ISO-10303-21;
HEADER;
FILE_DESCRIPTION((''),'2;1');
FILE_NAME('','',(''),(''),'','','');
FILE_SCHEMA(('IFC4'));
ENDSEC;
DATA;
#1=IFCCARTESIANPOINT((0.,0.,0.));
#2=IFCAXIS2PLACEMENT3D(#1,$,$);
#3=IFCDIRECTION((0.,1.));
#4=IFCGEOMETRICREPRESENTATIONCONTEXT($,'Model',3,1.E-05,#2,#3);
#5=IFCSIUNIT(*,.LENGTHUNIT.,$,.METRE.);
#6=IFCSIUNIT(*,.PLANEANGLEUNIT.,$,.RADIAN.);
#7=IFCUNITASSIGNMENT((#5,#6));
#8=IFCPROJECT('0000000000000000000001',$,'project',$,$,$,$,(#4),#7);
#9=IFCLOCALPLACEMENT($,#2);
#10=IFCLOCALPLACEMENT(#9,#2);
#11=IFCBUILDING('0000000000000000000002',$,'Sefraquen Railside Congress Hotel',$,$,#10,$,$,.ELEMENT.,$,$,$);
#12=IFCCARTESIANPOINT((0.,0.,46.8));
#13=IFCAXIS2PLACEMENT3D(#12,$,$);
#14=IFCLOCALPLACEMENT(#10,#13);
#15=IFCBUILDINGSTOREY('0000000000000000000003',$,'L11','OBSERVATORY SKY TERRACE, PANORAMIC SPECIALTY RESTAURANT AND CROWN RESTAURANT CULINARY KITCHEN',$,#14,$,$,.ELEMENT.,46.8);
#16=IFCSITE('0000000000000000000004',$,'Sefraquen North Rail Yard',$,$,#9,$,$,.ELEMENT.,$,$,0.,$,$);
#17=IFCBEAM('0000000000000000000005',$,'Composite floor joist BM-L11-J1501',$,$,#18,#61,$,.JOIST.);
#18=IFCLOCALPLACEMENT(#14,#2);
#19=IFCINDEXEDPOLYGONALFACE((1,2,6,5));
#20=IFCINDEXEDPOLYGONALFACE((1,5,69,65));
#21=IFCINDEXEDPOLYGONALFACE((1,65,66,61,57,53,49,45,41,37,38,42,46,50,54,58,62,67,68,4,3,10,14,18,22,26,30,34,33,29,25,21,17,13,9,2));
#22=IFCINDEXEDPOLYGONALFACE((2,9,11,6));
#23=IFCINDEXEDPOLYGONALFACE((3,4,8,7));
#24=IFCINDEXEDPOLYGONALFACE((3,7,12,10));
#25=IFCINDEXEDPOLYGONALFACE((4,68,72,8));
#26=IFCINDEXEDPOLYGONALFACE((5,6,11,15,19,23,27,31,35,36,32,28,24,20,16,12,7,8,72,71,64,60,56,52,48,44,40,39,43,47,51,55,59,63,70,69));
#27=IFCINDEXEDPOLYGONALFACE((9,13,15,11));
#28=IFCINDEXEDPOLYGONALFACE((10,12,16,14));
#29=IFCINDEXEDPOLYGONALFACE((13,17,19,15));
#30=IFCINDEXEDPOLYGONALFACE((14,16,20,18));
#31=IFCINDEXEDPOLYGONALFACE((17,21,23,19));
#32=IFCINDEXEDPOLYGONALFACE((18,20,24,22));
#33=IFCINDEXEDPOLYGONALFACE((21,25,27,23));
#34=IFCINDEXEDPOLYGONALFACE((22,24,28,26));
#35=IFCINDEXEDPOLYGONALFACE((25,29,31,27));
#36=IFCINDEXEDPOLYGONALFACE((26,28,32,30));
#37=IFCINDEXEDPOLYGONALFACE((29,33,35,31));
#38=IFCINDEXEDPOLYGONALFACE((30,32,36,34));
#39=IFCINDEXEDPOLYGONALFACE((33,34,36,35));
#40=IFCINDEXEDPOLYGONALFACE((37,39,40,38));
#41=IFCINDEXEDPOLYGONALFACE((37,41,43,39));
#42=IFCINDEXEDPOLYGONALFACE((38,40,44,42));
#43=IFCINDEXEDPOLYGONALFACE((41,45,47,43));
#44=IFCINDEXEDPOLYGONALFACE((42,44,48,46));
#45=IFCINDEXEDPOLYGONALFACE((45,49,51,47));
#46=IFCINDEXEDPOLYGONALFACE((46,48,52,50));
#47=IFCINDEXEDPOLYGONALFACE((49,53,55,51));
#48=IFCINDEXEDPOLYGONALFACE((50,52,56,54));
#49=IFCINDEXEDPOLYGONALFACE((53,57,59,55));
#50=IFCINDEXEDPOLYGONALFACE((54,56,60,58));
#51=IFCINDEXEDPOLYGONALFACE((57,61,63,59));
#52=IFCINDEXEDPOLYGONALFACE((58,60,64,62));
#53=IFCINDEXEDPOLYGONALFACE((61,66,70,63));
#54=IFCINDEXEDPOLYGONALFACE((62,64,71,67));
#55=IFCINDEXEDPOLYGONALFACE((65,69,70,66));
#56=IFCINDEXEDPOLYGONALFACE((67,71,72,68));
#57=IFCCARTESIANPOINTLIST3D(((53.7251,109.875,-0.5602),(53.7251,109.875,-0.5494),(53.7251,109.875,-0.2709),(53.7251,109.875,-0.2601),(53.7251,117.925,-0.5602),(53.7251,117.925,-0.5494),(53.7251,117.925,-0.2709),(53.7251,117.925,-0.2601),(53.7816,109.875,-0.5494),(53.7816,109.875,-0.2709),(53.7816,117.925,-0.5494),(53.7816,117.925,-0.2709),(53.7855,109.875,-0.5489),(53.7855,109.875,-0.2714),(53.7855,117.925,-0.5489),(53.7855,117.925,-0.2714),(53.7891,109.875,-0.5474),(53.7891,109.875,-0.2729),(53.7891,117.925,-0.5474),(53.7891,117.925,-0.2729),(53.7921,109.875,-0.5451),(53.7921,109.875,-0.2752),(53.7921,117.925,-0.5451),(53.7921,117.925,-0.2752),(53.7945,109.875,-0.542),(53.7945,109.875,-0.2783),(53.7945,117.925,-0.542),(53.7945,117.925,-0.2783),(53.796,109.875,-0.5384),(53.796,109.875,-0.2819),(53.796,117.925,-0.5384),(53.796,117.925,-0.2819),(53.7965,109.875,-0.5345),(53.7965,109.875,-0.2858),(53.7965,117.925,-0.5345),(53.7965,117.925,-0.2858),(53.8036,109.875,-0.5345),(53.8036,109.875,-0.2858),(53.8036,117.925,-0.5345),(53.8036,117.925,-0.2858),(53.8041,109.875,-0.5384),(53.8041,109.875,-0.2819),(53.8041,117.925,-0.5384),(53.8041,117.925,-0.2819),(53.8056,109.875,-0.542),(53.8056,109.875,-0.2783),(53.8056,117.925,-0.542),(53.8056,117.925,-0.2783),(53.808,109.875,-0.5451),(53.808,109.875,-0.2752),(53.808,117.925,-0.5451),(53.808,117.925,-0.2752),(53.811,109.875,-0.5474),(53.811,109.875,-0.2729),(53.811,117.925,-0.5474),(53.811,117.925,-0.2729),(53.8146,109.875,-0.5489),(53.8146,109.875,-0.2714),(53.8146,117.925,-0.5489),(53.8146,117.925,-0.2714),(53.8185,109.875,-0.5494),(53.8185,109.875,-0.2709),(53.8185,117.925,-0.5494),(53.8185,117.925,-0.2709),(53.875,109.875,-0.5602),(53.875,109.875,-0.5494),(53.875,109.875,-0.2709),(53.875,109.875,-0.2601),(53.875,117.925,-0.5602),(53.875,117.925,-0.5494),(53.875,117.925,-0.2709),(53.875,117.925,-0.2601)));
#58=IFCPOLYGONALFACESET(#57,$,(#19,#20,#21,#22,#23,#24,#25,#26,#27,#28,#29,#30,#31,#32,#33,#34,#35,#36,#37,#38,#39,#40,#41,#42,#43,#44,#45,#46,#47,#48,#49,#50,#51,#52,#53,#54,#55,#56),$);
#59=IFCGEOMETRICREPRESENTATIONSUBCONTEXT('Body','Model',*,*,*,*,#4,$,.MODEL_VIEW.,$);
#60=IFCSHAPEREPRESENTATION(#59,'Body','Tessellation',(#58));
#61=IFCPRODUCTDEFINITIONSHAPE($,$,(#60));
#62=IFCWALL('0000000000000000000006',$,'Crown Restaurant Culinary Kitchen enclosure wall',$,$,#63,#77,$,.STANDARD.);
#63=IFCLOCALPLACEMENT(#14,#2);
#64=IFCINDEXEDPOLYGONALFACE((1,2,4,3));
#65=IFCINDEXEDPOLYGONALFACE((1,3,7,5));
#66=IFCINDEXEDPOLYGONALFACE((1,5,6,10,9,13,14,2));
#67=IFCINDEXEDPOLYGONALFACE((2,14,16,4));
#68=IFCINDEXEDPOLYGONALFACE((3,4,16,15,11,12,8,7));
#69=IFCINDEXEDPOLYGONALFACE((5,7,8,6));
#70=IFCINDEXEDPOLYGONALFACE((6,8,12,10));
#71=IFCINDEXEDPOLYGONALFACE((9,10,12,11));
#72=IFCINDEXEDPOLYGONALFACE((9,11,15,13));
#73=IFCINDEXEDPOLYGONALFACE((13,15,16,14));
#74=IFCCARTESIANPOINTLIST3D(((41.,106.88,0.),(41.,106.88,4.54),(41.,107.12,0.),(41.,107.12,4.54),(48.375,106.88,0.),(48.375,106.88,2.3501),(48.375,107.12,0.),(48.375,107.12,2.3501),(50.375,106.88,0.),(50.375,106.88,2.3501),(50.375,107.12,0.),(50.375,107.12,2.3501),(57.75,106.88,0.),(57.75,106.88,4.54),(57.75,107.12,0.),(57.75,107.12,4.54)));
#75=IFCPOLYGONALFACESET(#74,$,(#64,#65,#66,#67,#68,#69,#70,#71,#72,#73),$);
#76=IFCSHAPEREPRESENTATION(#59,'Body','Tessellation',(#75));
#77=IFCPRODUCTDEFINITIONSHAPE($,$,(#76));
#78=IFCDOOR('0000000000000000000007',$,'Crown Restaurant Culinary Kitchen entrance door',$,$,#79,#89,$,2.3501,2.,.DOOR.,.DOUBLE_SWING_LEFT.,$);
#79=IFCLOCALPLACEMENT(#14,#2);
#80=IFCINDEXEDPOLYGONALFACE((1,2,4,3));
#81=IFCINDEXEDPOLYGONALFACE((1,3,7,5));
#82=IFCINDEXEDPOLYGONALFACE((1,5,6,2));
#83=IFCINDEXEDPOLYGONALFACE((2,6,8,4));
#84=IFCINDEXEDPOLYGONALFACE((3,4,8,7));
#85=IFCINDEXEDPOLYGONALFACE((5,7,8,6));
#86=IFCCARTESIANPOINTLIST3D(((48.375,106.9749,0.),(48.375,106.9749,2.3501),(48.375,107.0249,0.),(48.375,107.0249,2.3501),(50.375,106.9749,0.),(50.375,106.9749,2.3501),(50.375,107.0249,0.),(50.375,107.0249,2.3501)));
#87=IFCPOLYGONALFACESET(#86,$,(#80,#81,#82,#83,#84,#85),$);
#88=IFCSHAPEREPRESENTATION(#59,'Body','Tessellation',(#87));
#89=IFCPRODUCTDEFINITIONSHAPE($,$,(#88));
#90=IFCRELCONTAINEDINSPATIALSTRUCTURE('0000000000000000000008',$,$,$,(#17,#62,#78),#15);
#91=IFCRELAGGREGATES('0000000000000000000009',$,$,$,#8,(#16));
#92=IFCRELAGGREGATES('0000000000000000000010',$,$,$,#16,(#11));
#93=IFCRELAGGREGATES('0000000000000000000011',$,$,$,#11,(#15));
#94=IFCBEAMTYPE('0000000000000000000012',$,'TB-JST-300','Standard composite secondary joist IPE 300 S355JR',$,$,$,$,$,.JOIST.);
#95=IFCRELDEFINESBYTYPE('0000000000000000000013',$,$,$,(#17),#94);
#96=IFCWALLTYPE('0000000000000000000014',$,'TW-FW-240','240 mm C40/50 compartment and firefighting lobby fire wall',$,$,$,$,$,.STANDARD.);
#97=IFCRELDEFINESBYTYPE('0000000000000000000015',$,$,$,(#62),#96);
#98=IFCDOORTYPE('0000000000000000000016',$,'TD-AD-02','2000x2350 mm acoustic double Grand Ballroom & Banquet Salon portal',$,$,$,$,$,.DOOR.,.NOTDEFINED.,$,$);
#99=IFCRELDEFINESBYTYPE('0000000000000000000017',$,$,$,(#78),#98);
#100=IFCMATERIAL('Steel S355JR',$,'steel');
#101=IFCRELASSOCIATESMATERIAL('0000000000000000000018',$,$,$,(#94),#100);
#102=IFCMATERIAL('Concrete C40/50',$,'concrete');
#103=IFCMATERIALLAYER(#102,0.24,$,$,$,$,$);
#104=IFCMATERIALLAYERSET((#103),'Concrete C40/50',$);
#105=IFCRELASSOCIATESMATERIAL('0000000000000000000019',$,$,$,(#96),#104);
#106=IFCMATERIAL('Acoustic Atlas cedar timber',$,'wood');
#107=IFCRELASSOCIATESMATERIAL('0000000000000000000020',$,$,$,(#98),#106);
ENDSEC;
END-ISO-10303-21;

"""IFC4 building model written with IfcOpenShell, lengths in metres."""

from ifc_helpers import new_model, si_unit, direction, frame, frame_2d, origin, origin_2d, place, context, subcontext, project, spatial, rectangle, i_section, extrude, material, layer, layer_set, material_profile, profile_set, type_object, element, fill, save


model = new_model("IFC4")

# Units and contexts
model_context = context("Model", 3, precision=1e-05, world=origin(), true_north=direction((0.0, 1.0)))
body_context = subcontext(model_context, "Body", "Model", "MODEL_VIEW")
ifc_project = project(units=[si_unit("LENGTHUNIT", "METRE"), si_unit("PLANEANGLEUNIT", "RADIAN")], contexts=[model_context])

# Site, building, storey
site_placement = place(None, origin())
site = spatial("IfcSite", under=ifc_project, at=site_placement, Name="Sefraquen North Rail Yard", CompositionType="ELEMENT", RefElevation=0.0)
building_placement = place(site_placement, origin())
building = spatial("IfcBuilding", under=site, at=building_placement, Name="Sefraquen Railside Congress Hotel", CompositionType="ELEMENT")
storey_placement = place(building_placement, frame((0.0, 0.0, 46.8)))
storey = spatial("IfcBuildingStorey", under=building, at=storey_placement, Name="L11", Description="OBSERVATORY SKY TERRACE, PANORAMIC SPECIALTY RESTAURANT AND CROWN RESTAURANT CULINARY KITCHEN", CompositionType="ELEMENT", Elevation=46.8)

# Shared definitions
ifc_material_1 = material(Name="Steel S355JR", Category="steel")

# Beam
ifc_material_profile_1 = material_profile(ifc_material_1, i_section(OverallWidth=0.1499, OverallDepth=0.3, WebThickness=0.0071, FlangeThickness=0.0107, FilletRadius=0.0149, at=origin_2d()), Name="IPE 300")
ifc_profile_set_1 = profile_set([ifc_material_profile_1], Name="Steel S355JR")
beam_type_1 = type_object("IfcBeamType", Name="TB-JST-300", Description="Standard composite secondary joist IPE 300 S355JR", PredefinedType="JOIST", material=ifc_profile_set_1)
for number, where, z_axis, x_axis, name in (
    (1, (53.8, 109.875, -0.4102), (0.0, 1.0, 0.0), (-1.0, 0.0, 0.0), "Composite floor joist BM-L11-J1501"),
):
    element("IfcBeam", number, at=place(storey_placement, frame(where, z_axis=z_axis, x_axis=x_axis)), inside=storey, type_object=beam_type_1, Name=name, PredefinedType="JOIST", context=body_context, shape_type="SweptSolid", body=[
        extrude(i_section(OverallWidth=0.1499, OverallDepth=0.3, WebThickness=0.0071, FlangeThickness=0.0107, FilletRadius=0.0149, at=origin_2d()), origin(), (0.0, 0.0, 1.0), 8.05),
    ])

# Wall, opening, door
ifc_material_2 = material(Name="Concrete C40/50", Category="concrete")
ifc_layer = layer(ifc_material_2, 0.24)
ifc_layer_set = layer_set([ifc_layer], Name="Concrete C40/50")
wall_type = type_object("IfcWallType", Name="TW-FW-240", Description="240 mm C40/50 compartment and firefighting lobby fire wall", PredefinedType="STANDARD", material=ifc_layer_set)
wall_placement = place(storey_placement, frame((41.0, 107.0, 0.0), z_axis=(0.0, 0.0, 1.0), x_axis=(1.0, 0.0, 0.0)))
wall = element("IfcWall", 2, at=wall_placement, inside=storey, type_object=wall_type, Name="Crown Restaurant Culinary Kitchen enclosure wall", PredefinedType="STANDARD", context=body_context, shape_type="SweptSolid", body=[
    extrude(rectangle(XDim=16.75, YDim=0.24, at=frame_2d((8.375, 0.0))), origin(), (0.0, 0.0, 1.0), 4.54),
])
opening_placement = place(wall_placement, frame((7.375, 0.0, 0.0)))
opening = element("IfcOpeningElement", 3, at=opening_placement, cuts=wall, PredefinedType="OPENING", context=body_context, shape_type="SweptSolid", body=[
    extrude(rectangle(XDim=2.0, YDim=2.3501, at=frame_2d((1.0, 1.175))), frame((0.0, 0.1299, 0.0), z_axis=(0.0, -1.0, 0.0), x_axis=(1.0, 0.0, 0.0)), (0.0, 0.0, 1.0), 0.26),
])
ifc_material_3 = material(Name="Acoustic Atlas cedar timber", Category="wood")
door_type = type_object("IfcDoorType", Name="TD-AD-02", Description="2000x2350 mm acoustic double Grand Ballroom & Banquet Salon portal", OperationType="NOTDEFINED", PredefinedType="DOOR", material=ifc_material_3)
door_placement = place(opening_placement, origin())
door = element("IfcDoor", 4, at=door_placement, inside=storey, type_object=door_type, Name="Crown Restaurant Culinary Kitchen entrance door", OperationType="DOUBLE_SWING_LEFT", OverallHeight=2.3501, OverallWidth=2.0, PredefinedType="DOOR", context=body_context, shape_type="SweptSolid", body=[
    extrude(rectangle(XDim=2.0, YDim=2.3501, at=frame_2d((1.0, 1.175))), frame((0.0, 0.0249, 0.0), z_axis=(0.0, -1.0, 0.0), x_axis=(1.0, 0.0, 0.0)), (0.0, 0.0, 1.0), 0.05),
])
fill(opening, door)

save(model, "model.ifc")
